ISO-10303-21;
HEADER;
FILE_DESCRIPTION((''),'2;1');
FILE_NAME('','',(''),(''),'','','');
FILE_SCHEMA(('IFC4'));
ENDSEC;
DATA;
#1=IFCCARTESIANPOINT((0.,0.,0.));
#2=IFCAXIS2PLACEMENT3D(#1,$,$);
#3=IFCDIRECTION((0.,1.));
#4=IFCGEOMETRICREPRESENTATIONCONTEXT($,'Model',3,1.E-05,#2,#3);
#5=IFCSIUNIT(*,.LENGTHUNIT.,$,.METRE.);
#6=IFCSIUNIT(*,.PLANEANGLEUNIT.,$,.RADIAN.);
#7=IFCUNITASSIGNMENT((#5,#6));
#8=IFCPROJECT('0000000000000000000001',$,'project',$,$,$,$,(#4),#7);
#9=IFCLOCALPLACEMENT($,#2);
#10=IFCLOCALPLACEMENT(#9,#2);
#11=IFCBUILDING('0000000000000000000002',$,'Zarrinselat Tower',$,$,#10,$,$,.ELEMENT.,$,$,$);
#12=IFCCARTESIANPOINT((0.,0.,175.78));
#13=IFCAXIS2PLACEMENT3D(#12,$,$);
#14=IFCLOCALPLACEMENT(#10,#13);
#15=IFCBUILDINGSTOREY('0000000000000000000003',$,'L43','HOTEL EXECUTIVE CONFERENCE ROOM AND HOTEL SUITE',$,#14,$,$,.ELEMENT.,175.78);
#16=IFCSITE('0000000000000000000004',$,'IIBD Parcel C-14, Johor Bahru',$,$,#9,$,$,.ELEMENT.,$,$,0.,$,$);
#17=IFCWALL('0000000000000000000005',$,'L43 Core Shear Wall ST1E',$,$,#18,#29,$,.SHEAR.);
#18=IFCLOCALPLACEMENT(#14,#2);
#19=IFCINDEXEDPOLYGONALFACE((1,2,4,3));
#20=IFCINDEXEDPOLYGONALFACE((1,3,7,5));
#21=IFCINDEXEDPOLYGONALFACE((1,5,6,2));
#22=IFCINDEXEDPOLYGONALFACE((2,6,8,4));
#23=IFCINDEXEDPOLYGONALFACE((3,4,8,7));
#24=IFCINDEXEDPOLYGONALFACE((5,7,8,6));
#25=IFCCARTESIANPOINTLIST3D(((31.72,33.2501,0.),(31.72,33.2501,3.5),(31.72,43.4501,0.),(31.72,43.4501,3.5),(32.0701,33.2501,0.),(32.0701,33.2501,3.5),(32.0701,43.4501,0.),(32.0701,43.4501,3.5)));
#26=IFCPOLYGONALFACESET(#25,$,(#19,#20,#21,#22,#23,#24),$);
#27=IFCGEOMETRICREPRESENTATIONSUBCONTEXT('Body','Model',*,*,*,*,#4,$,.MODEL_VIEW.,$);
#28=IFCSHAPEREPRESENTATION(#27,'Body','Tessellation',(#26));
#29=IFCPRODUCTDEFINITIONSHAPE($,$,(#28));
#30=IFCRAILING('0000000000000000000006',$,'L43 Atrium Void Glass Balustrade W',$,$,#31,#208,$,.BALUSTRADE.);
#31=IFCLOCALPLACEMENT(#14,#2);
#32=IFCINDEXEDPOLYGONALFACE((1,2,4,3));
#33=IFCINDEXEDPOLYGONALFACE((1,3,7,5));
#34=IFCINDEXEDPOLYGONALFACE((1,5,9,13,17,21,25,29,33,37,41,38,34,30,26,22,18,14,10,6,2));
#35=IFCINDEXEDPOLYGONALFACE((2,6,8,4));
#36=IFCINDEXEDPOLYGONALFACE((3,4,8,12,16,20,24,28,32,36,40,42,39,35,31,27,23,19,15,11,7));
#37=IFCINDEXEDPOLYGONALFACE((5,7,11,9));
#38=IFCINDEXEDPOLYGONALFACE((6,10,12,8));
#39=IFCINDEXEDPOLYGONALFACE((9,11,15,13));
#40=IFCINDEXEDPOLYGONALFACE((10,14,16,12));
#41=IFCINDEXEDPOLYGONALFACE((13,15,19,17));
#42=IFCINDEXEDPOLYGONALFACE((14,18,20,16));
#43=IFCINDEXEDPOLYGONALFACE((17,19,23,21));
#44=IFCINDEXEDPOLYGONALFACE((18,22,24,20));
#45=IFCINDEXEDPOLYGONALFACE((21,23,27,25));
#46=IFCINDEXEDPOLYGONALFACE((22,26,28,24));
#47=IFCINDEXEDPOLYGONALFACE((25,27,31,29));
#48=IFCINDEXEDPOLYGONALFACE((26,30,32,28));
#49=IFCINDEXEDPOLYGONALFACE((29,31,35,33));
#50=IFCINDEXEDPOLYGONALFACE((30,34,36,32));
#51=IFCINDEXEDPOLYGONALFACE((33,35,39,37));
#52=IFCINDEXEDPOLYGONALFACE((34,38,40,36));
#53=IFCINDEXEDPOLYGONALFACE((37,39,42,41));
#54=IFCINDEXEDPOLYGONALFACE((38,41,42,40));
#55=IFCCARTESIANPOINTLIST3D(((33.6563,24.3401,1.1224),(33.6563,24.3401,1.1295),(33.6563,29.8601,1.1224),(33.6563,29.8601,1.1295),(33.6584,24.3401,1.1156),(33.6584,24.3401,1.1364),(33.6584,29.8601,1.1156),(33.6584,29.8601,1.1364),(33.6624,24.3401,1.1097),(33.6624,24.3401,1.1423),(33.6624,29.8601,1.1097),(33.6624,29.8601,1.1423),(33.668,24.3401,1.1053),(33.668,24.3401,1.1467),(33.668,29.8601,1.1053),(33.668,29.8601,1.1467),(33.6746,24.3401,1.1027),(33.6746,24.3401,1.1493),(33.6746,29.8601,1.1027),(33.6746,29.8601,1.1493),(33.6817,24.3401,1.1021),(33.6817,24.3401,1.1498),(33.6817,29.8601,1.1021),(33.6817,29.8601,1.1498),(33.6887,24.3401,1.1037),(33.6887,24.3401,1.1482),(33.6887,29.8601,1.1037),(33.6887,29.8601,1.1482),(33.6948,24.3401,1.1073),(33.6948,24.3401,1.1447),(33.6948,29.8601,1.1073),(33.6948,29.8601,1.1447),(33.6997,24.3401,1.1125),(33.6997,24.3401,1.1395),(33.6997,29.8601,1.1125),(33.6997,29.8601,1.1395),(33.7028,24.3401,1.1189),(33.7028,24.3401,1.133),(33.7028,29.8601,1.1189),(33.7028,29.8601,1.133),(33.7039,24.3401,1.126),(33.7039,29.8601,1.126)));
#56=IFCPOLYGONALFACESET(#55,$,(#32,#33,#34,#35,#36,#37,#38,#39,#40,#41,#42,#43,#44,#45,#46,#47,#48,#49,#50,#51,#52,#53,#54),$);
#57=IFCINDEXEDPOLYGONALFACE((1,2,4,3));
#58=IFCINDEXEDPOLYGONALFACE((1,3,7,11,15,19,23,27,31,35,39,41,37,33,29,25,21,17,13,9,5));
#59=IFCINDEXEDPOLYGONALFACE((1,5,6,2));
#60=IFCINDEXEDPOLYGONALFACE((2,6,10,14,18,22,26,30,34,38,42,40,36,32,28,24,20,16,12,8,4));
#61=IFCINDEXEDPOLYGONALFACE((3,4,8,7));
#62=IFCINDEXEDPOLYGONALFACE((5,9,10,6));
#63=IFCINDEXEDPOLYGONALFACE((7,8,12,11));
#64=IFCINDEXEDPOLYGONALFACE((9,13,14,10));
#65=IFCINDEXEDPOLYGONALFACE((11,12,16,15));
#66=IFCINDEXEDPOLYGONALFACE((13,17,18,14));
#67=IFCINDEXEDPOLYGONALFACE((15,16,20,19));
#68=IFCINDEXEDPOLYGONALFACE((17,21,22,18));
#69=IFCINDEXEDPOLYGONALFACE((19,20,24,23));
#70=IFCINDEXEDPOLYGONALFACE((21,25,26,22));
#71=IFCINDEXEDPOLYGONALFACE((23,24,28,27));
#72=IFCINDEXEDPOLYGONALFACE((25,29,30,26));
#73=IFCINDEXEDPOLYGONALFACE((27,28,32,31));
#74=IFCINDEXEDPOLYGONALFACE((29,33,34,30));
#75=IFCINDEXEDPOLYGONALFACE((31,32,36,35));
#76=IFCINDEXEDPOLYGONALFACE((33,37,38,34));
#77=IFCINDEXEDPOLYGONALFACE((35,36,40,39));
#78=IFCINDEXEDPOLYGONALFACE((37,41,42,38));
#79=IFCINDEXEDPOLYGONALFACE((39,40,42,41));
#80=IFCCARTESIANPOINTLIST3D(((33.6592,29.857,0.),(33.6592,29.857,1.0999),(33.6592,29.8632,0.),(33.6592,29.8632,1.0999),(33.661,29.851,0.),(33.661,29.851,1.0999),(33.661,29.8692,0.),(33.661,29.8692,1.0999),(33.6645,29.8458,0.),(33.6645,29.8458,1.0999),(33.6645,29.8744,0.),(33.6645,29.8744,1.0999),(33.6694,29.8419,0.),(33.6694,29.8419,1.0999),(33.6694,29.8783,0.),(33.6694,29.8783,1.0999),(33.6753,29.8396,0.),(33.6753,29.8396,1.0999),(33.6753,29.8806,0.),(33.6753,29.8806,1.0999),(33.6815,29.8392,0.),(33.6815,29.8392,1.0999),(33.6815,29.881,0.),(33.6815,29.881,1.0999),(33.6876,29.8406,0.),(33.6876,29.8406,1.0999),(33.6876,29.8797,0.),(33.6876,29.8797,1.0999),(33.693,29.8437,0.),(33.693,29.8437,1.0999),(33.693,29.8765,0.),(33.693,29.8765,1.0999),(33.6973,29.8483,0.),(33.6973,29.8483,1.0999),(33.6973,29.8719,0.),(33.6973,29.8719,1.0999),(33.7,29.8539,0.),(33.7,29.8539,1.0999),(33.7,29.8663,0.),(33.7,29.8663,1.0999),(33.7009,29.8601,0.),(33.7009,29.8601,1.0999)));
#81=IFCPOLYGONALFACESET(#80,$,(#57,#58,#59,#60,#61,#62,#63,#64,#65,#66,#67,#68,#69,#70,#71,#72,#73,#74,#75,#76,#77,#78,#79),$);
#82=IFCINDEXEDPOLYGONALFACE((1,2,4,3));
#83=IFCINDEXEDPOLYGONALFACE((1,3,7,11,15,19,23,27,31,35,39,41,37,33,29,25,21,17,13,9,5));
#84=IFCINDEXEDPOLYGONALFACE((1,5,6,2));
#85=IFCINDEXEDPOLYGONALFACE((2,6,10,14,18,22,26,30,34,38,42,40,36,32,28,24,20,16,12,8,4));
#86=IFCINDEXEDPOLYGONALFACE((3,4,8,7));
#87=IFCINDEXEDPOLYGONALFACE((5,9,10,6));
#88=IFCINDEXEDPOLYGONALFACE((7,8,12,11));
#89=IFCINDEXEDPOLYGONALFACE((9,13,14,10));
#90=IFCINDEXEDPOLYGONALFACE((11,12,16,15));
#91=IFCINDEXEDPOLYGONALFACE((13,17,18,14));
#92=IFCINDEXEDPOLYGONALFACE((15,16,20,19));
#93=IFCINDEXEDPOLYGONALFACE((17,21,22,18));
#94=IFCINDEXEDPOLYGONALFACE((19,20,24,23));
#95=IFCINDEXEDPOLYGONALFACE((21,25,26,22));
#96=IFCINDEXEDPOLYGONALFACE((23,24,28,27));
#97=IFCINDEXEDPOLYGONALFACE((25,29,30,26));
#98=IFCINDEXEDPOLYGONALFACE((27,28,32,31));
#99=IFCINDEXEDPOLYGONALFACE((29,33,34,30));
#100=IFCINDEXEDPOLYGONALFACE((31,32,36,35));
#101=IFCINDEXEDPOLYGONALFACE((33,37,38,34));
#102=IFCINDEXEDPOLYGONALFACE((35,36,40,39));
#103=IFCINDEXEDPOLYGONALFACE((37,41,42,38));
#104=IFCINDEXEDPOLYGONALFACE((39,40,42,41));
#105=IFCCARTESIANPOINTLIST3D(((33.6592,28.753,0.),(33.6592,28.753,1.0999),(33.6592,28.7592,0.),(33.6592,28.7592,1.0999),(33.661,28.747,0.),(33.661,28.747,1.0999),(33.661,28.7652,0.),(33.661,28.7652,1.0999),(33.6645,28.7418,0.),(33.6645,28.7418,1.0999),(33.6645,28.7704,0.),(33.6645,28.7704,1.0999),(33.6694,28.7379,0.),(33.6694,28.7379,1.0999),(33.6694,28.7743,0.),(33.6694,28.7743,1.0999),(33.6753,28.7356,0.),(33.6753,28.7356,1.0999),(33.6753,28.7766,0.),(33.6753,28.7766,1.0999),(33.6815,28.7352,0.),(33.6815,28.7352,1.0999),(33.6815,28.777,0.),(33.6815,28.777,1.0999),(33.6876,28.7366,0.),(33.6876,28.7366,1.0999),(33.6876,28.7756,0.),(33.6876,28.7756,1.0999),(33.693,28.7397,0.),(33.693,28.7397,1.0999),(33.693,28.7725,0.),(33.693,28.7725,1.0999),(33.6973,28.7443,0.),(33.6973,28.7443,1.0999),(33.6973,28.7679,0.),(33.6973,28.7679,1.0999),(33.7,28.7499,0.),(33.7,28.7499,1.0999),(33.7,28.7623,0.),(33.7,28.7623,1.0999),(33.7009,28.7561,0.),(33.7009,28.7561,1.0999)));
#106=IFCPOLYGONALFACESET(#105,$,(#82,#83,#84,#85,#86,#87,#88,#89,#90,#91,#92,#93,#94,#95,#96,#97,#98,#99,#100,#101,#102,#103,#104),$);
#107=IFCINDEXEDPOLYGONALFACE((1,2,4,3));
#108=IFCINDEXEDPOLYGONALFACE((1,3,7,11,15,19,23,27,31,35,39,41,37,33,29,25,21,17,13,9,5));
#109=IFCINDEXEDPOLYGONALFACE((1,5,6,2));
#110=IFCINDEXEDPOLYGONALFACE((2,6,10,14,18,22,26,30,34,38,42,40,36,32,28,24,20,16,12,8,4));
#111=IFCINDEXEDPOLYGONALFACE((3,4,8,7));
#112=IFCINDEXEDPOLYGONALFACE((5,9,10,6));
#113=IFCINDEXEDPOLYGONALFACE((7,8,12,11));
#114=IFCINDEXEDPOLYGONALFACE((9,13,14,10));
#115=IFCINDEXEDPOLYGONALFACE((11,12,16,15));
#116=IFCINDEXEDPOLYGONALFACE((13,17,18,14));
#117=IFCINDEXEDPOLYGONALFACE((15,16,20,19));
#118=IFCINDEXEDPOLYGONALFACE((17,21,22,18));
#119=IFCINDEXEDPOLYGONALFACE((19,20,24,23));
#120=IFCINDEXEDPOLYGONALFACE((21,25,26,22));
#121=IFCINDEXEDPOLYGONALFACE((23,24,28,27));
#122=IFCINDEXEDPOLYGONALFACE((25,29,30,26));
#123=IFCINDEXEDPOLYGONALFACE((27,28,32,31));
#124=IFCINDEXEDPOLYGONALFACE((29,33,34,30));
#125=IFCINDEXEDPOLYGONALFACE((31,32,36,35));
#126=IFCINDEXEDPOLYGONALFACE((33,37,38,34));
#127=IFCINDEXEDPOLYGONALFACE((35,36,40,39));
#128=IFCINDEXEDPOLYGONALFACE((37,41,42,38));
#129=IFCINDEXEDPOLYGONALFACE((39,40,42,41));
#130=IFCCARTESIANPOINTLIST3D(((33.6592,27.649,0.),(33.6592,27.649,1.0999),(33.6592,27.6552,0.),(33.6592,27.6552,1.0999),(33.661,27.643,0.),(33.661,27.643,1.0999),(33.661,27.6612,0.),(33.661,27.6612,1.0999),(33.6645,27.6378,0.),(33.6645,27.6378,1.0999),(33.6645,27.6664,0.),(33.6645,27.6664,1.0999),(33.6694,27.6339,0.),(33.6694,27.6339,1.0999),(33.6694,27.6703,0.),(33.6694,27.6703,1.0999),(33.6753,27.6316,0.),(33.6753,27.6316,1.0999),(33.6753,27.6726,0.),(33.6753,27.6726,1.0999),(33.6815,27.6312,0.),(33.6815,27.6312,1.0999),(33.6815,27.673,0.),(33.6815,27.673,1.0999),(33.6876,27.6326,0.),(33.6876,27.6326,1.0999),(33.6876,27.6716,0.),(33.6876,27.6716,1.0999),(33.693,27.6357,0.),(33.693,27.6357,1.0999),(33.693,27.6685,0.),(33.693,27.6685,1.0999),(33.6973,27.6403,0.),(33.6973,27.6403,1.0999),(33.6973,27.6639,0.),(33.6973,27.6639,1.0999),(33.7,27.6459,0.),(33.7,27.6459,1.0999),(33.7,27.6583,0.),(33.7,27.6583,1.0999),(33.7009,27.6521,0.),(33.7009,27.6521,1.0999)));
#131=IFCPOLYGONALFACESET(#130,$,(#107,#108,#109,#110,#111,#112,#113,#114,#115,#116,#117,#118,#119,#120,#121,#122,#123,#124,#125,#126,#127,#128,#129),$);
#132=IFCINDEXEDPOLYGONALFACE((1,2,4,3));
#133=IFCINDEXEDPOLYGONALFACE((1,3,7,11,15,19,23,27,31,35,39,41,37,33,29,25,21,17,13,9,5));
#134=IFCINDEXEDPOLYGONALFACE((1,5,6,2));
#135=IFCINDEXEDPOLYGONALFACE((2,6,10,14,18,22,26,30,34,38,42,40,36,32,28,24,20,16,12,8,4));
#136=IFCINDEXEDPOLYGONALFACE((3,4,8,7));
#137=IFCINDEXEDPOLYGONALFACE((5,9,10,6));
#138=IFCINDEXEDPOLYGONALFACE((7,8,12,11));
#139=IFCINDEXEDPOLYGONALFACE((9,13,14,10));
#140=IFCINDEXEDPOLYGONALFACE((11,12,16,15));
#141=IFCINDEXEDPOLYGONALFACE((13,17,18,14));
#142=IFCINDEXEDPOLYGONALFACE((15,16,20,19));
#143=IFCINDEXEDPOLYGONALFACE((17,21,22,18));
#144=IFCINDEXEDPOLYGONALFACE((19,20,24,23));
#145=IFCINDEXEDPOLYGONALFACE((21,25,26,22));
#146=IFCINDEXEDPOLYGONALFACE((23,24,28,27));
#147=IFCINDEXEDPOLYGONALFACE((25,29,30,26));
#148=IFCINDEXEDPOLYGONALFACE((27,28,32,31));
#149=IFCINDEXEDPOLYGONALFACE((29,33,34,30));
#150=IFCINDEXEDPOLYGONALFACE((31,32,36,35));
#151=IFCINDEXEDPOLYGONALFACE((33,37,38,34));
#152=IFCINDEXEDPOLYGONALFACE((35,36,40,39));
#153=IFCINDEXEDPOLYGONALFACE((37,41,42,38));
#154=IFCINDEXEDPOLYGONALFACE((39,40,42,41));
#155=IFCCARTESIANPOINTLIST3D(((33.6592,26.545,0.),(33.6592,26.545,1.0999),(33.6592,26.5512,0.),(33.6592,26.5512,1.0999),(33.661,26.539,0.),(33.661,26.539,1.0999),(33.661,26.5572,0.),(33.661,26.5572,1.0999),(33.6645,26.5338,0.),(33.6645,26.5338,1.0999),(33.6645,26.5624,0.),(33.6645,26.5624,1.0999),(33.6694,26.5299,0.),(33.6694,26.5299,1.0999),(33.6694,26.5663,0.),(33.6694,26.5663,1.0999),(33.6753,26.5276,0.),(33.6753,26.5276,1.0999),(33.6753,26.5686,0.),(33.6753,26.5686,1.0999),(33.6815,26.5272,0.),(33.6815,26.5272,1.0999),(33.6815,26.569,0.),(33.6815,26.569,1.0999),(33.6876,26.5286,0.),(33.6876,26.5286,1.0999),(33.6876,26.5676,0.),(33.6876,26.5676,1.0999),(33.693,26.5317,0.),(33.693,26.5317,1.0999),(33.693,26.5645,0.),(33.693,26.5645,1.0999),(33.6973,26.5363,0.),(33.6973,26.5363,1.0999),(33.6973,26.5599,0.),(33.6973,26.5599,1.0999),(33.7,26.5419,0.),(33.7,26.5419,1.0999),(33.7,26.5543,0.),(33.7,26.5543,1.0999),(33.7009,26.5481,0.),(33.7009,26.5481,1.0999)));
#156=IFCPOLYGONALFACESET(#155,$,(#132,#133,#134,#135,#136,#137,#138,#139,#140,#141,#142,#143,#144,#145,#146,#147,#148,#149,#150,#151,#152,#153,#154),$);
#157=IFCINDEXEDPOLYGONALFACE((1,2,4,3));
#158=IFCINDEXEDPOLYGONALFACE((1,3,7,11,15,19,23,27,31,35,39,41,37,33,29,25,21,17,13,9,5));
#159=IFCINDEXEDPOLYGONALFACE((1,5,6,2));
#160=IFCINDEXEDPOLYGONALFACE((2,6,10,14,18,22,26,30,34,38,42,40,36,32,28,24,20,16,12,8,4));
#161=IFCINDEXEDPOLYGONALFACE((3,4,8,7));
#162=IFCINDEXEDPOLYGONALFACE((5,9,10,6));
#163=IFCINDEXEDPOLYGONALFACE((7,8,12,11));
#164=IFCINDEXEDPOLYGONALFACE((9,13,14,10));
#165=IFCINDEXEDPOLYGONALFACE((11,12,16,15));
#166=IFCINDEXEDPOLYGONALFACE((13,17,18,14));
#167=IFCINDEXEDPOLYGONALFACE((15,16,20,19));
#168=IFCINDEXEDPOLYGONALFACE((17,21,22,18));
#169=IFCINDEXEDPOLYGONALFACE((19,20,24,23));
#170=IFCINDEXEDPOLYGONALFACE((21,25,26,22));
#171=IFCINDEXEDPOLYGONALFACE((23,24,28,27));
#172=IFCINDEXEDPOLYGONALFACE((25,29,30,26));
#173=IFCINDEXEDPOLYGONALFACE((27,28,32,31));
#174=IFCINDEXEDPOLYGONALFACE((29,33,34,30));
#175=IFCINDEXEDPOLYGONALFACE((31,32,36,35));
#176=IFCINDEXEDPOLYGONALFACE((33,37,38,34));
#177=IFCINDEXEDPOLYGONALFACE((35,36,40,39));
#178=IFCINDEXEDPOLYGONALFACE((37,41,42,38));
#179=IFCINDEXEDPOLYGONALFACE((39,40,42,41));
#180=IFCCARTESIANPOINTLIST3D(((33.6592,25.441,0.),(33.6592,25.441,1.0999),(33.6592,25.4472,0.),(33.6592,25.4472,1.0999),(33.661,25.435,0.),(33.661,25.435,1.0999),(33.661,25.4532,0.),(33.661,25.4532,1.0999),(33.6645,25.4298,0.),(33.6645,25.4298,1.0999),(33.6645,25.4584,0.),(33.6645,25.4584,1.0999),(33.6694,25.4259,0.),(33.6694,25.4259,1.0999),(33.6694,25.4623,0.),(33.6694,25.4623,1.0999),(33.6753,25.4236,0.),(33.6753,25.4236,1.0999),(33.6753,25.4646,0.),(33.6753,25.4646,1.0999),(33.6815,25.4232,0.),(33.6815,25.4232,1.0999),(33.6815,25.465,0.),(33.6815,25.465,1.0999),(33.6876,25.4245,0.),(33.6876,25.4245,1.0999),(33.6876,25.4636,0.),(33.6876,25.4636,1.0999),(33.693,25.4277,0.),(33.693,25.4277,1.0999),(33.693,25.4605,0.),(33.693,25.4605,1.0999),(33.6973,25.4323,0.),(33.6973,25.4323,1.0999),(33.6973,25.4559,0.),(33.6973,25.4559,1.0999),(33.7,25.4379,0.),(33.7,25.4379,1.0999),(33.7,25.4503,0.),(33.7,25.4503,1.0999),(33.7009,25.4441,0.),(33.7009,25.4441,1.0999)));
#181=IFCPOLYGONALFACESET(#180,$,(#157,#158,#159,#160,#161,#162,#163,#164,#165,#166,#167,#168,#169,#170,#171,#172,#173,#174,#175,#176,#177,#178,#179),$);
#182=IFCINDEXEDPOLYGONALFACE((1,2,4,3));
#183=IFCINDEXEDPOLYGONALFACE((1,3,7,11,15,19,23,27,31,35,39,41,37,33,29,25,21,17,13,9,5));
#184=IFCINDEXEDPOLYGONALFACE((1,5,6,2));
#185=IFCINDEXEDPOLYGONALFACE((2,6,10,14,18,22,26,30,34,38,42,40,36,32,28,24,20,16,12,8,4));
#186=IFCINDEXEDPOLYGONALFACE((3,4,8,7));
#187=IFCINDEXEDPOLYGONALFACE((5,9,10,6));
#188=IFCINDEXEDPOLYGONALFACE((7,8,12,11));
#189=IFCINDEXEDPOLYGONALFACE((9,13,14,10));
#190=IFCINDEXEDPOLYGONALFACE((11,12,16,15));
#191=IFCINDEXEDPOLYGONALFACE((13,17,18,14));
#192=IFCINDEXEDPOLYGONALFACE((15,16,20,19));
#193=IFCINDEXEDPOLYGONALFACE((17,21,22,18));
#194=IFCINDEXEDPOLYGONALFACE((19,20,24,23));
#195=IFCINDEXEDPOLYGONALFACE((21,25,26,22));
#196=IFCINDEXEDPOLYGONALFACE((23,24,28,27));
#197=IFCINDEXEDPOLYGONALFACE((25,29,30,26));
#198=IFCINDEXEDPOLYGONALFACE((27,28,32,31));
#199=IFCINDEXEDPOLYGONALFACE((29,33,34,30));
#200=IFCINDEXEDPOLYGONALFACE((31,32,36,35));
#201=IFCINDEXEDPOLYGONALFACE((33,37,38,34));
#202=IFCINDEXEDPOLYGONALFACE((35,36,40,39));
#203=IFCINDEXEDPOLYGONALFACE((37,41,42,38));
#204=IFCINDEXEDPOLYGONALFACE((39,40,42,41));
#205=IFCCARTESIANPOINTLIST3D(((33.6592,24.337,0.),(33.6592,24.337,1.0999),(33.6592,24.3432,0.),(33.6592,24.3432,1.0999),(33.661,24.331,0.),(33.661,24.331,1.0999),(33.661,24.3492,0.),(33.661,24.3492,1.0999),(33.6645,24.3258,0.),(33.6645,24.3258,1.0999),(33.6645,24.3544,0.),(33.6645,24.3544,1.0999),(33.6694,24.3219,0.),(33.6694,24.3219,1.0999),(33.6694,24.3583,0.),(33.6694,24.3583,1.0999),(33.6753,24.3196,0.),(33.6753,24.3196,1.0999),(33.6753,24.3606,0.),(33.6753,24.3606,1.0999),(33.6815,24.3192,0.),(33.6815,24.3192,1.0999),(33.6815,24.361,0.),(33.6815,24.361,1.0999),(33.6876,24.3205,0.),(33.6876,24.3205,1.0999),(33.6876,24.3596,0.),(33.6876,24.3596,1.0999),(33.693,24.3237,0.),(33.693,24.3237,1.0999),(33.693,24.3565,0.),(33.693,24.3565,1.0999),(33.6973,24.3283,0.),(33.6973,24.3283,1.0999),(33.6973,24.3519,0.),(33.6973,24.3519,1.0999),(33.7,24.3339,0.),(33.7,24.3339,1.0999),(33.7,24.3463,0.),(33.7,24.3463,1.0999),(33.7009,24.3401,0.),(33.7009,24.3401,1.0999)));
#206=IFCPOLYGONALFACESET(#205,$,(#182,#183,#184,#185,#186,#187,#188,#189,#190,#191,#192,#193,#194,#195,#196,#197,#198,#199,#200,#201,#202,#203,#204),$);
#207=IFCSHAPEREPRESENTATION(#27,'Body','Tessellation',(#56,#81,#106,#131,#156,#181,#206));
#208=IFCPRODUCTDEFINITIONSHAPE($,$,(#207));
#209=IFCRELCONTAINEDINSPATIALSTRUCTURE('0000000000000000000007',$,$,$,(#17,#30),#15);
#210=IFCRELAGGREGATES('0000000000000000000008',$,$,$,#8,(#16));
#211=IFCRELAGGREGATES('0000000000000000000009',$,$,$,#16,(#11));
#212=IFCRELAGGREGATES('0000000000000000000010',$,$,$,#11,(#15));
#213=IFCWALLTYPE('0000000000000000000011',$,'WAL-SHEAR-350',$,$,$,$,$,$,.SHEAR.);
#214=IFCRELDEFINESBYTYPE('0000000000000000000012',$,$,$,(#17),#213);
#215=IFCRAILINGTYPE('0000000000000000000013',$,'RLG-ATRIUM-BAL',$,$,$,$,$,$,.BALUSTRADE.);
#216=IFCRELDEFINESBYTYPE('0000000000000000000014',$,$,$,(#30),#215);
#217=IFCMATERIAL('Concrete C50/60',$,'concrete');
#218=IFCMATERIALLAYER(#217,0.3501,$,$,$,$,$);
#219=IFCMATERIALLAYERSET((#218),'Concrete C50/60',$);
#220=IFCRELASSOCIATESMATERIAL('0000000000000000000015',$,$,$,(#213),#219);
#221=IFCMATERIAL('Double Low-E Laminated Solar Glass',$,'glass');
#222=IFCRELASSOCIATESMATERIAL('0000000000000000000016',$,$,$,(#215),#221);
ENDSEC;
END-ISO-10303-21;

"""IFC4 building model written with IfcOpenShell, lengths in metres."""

from ifc_helpers import new_model, si_unit, direction, frame, frame_2d, origin, origin_2d, place, context, subcontext, project, spatial, rectangle, circle, extrude, material, layer, layer_set, type_object, element, save


model = new_model("IFC4")

# Units and contexts
model_context = context("Model", 3, precision=1e-05, world=origin(), true_north=direction((0.0, 1.0)))
body_context = subcontext(model_context, "Body", "Model", "MODEL_VIEW")
ifc_project = project(units=[si_unit("LENGTHUNIT", "METRE"), si_unit("PLANEANGLEUNIT", "RADIAN")], contexts=[model_context])

# Site, building, storey
site_placement = place(None, origin())
site = spatial("IfcSite", under=ifc_project, at=site_placement, Name="IIBD Parcel C-14, Johor Bahru", CompositionType="ELEMENT", RefElevation=0.0)
building_placement = place(site_placement, origin())
building = spatial("IfcBuilding", under=site, at=building_placement, Name="Zarrinselat Tower", CompositionType="ELEMENT")
storey_placement = place(building_placement, frame((0.0, 0.0, 175.78)))
storey = spatial("IfcBuildingStorey", under=building, at=storey_placement, Name="L43", Description="HOTEL EXECUTIVE CONFERENCE ROOM AND HOTEL SUITE", CompositionType="ELEMENT", Elevation=175.78)

# Wall
ifc_material_1 = material(Name="Concrete C50/60", Category="concrete")
ifc_layer_1 = layer(ifc_material_1, 0.3501)
ifc_layer_set_1 = layer_set([ifc_layer_1], Name="Concrete C50/60")
wall_type_1 = type_object("IfcWallType", Name="WAL-SHEAR-350", PredefinedType="SHEAR", material=ifc_layer_set_1)
wall_1_placement = place(storey_placement, frame((31.895, 33.25, 0.0), z_axis=(0.0, 0.0, 1.0), x_axis=(0.0, 1.0, 0.0)))
element("IfcWall", 1, at=wall_1_placement, inside=storey, type_object=wall_type_1, Name="L43 Core Shear Wall ST1E", PredefinedType="SHEAR", context=body_context, shape_type="SweptSolid", body=[
    extrude(rectangle(XDim=10.2, YDim=0.3501, at=frame_2d((5.1001, 0.0))), origin(), (0.0, 0.0, 1.0), 3.5),
])

# Railing
ifc_material_2 = material(Name="Double Low-E Laminated Solar Glass", Category="glass")
railing_type = type_object("IfcRailingType", Name="RLG-ATRIUM-BAL", PredefinedType="BALUSTRADE", material=ifc_material_2)
railing_placement = place(storey_placement, frame((33.6799, 29.8601, 0.0)))
element("IfcRailing", 2, at=railing_placement, inside=storey, type_object=railing_type, Name="L43 Atrium Void Glass Balustrade W", PredefinedType="BALUSTRADE", context=body_context, shape_type="SweptSolid", body=[
    extrude(circle(Radius=0.0239, at=origin_2d()), frame((0.0, 0.0, 1.126), z_axis=(0.0, -1.0, 0.0), x_axis=(1.0, 0.0, 0.0)), (0.0, 0.0, 1.0), 5.52),
    extrude(circle(Radius=0.021, at=origin_2d()), origin(), (0.0, 0.0, 1.0), 1.0999),
    extrude(circle(Radius=0.021, at=origin_2d()), frame((0.0, -1.104, 0.0)), (0.0, 0.0, 1.0), 1.0999),
    extrude(circle(Radius=0.021, at=origin_2d()), frame((0.0, -2.208, 0.0)), (0.0, 0.0, 1.0), 1.0999),
    extrude(circle(Radius=0.021, at=origin_2d()), frame((0.0, -3.312, 0.0)), (0.0, 0.0, 1.0), 1.0999),
    extrude(circle(Radius=0.021, at=origin_2d()), frame((0.0, -4.416, 0.0)), (0.0, 0.0, 1.0), 1.0999),
    extrude(circle(Radius=0.021, at=origin_2d()), frame((0.0, -5.52, 0.0)), (0.0, 0.0, 1.0), 1.0999),
])

save(model, "model.ifc")
